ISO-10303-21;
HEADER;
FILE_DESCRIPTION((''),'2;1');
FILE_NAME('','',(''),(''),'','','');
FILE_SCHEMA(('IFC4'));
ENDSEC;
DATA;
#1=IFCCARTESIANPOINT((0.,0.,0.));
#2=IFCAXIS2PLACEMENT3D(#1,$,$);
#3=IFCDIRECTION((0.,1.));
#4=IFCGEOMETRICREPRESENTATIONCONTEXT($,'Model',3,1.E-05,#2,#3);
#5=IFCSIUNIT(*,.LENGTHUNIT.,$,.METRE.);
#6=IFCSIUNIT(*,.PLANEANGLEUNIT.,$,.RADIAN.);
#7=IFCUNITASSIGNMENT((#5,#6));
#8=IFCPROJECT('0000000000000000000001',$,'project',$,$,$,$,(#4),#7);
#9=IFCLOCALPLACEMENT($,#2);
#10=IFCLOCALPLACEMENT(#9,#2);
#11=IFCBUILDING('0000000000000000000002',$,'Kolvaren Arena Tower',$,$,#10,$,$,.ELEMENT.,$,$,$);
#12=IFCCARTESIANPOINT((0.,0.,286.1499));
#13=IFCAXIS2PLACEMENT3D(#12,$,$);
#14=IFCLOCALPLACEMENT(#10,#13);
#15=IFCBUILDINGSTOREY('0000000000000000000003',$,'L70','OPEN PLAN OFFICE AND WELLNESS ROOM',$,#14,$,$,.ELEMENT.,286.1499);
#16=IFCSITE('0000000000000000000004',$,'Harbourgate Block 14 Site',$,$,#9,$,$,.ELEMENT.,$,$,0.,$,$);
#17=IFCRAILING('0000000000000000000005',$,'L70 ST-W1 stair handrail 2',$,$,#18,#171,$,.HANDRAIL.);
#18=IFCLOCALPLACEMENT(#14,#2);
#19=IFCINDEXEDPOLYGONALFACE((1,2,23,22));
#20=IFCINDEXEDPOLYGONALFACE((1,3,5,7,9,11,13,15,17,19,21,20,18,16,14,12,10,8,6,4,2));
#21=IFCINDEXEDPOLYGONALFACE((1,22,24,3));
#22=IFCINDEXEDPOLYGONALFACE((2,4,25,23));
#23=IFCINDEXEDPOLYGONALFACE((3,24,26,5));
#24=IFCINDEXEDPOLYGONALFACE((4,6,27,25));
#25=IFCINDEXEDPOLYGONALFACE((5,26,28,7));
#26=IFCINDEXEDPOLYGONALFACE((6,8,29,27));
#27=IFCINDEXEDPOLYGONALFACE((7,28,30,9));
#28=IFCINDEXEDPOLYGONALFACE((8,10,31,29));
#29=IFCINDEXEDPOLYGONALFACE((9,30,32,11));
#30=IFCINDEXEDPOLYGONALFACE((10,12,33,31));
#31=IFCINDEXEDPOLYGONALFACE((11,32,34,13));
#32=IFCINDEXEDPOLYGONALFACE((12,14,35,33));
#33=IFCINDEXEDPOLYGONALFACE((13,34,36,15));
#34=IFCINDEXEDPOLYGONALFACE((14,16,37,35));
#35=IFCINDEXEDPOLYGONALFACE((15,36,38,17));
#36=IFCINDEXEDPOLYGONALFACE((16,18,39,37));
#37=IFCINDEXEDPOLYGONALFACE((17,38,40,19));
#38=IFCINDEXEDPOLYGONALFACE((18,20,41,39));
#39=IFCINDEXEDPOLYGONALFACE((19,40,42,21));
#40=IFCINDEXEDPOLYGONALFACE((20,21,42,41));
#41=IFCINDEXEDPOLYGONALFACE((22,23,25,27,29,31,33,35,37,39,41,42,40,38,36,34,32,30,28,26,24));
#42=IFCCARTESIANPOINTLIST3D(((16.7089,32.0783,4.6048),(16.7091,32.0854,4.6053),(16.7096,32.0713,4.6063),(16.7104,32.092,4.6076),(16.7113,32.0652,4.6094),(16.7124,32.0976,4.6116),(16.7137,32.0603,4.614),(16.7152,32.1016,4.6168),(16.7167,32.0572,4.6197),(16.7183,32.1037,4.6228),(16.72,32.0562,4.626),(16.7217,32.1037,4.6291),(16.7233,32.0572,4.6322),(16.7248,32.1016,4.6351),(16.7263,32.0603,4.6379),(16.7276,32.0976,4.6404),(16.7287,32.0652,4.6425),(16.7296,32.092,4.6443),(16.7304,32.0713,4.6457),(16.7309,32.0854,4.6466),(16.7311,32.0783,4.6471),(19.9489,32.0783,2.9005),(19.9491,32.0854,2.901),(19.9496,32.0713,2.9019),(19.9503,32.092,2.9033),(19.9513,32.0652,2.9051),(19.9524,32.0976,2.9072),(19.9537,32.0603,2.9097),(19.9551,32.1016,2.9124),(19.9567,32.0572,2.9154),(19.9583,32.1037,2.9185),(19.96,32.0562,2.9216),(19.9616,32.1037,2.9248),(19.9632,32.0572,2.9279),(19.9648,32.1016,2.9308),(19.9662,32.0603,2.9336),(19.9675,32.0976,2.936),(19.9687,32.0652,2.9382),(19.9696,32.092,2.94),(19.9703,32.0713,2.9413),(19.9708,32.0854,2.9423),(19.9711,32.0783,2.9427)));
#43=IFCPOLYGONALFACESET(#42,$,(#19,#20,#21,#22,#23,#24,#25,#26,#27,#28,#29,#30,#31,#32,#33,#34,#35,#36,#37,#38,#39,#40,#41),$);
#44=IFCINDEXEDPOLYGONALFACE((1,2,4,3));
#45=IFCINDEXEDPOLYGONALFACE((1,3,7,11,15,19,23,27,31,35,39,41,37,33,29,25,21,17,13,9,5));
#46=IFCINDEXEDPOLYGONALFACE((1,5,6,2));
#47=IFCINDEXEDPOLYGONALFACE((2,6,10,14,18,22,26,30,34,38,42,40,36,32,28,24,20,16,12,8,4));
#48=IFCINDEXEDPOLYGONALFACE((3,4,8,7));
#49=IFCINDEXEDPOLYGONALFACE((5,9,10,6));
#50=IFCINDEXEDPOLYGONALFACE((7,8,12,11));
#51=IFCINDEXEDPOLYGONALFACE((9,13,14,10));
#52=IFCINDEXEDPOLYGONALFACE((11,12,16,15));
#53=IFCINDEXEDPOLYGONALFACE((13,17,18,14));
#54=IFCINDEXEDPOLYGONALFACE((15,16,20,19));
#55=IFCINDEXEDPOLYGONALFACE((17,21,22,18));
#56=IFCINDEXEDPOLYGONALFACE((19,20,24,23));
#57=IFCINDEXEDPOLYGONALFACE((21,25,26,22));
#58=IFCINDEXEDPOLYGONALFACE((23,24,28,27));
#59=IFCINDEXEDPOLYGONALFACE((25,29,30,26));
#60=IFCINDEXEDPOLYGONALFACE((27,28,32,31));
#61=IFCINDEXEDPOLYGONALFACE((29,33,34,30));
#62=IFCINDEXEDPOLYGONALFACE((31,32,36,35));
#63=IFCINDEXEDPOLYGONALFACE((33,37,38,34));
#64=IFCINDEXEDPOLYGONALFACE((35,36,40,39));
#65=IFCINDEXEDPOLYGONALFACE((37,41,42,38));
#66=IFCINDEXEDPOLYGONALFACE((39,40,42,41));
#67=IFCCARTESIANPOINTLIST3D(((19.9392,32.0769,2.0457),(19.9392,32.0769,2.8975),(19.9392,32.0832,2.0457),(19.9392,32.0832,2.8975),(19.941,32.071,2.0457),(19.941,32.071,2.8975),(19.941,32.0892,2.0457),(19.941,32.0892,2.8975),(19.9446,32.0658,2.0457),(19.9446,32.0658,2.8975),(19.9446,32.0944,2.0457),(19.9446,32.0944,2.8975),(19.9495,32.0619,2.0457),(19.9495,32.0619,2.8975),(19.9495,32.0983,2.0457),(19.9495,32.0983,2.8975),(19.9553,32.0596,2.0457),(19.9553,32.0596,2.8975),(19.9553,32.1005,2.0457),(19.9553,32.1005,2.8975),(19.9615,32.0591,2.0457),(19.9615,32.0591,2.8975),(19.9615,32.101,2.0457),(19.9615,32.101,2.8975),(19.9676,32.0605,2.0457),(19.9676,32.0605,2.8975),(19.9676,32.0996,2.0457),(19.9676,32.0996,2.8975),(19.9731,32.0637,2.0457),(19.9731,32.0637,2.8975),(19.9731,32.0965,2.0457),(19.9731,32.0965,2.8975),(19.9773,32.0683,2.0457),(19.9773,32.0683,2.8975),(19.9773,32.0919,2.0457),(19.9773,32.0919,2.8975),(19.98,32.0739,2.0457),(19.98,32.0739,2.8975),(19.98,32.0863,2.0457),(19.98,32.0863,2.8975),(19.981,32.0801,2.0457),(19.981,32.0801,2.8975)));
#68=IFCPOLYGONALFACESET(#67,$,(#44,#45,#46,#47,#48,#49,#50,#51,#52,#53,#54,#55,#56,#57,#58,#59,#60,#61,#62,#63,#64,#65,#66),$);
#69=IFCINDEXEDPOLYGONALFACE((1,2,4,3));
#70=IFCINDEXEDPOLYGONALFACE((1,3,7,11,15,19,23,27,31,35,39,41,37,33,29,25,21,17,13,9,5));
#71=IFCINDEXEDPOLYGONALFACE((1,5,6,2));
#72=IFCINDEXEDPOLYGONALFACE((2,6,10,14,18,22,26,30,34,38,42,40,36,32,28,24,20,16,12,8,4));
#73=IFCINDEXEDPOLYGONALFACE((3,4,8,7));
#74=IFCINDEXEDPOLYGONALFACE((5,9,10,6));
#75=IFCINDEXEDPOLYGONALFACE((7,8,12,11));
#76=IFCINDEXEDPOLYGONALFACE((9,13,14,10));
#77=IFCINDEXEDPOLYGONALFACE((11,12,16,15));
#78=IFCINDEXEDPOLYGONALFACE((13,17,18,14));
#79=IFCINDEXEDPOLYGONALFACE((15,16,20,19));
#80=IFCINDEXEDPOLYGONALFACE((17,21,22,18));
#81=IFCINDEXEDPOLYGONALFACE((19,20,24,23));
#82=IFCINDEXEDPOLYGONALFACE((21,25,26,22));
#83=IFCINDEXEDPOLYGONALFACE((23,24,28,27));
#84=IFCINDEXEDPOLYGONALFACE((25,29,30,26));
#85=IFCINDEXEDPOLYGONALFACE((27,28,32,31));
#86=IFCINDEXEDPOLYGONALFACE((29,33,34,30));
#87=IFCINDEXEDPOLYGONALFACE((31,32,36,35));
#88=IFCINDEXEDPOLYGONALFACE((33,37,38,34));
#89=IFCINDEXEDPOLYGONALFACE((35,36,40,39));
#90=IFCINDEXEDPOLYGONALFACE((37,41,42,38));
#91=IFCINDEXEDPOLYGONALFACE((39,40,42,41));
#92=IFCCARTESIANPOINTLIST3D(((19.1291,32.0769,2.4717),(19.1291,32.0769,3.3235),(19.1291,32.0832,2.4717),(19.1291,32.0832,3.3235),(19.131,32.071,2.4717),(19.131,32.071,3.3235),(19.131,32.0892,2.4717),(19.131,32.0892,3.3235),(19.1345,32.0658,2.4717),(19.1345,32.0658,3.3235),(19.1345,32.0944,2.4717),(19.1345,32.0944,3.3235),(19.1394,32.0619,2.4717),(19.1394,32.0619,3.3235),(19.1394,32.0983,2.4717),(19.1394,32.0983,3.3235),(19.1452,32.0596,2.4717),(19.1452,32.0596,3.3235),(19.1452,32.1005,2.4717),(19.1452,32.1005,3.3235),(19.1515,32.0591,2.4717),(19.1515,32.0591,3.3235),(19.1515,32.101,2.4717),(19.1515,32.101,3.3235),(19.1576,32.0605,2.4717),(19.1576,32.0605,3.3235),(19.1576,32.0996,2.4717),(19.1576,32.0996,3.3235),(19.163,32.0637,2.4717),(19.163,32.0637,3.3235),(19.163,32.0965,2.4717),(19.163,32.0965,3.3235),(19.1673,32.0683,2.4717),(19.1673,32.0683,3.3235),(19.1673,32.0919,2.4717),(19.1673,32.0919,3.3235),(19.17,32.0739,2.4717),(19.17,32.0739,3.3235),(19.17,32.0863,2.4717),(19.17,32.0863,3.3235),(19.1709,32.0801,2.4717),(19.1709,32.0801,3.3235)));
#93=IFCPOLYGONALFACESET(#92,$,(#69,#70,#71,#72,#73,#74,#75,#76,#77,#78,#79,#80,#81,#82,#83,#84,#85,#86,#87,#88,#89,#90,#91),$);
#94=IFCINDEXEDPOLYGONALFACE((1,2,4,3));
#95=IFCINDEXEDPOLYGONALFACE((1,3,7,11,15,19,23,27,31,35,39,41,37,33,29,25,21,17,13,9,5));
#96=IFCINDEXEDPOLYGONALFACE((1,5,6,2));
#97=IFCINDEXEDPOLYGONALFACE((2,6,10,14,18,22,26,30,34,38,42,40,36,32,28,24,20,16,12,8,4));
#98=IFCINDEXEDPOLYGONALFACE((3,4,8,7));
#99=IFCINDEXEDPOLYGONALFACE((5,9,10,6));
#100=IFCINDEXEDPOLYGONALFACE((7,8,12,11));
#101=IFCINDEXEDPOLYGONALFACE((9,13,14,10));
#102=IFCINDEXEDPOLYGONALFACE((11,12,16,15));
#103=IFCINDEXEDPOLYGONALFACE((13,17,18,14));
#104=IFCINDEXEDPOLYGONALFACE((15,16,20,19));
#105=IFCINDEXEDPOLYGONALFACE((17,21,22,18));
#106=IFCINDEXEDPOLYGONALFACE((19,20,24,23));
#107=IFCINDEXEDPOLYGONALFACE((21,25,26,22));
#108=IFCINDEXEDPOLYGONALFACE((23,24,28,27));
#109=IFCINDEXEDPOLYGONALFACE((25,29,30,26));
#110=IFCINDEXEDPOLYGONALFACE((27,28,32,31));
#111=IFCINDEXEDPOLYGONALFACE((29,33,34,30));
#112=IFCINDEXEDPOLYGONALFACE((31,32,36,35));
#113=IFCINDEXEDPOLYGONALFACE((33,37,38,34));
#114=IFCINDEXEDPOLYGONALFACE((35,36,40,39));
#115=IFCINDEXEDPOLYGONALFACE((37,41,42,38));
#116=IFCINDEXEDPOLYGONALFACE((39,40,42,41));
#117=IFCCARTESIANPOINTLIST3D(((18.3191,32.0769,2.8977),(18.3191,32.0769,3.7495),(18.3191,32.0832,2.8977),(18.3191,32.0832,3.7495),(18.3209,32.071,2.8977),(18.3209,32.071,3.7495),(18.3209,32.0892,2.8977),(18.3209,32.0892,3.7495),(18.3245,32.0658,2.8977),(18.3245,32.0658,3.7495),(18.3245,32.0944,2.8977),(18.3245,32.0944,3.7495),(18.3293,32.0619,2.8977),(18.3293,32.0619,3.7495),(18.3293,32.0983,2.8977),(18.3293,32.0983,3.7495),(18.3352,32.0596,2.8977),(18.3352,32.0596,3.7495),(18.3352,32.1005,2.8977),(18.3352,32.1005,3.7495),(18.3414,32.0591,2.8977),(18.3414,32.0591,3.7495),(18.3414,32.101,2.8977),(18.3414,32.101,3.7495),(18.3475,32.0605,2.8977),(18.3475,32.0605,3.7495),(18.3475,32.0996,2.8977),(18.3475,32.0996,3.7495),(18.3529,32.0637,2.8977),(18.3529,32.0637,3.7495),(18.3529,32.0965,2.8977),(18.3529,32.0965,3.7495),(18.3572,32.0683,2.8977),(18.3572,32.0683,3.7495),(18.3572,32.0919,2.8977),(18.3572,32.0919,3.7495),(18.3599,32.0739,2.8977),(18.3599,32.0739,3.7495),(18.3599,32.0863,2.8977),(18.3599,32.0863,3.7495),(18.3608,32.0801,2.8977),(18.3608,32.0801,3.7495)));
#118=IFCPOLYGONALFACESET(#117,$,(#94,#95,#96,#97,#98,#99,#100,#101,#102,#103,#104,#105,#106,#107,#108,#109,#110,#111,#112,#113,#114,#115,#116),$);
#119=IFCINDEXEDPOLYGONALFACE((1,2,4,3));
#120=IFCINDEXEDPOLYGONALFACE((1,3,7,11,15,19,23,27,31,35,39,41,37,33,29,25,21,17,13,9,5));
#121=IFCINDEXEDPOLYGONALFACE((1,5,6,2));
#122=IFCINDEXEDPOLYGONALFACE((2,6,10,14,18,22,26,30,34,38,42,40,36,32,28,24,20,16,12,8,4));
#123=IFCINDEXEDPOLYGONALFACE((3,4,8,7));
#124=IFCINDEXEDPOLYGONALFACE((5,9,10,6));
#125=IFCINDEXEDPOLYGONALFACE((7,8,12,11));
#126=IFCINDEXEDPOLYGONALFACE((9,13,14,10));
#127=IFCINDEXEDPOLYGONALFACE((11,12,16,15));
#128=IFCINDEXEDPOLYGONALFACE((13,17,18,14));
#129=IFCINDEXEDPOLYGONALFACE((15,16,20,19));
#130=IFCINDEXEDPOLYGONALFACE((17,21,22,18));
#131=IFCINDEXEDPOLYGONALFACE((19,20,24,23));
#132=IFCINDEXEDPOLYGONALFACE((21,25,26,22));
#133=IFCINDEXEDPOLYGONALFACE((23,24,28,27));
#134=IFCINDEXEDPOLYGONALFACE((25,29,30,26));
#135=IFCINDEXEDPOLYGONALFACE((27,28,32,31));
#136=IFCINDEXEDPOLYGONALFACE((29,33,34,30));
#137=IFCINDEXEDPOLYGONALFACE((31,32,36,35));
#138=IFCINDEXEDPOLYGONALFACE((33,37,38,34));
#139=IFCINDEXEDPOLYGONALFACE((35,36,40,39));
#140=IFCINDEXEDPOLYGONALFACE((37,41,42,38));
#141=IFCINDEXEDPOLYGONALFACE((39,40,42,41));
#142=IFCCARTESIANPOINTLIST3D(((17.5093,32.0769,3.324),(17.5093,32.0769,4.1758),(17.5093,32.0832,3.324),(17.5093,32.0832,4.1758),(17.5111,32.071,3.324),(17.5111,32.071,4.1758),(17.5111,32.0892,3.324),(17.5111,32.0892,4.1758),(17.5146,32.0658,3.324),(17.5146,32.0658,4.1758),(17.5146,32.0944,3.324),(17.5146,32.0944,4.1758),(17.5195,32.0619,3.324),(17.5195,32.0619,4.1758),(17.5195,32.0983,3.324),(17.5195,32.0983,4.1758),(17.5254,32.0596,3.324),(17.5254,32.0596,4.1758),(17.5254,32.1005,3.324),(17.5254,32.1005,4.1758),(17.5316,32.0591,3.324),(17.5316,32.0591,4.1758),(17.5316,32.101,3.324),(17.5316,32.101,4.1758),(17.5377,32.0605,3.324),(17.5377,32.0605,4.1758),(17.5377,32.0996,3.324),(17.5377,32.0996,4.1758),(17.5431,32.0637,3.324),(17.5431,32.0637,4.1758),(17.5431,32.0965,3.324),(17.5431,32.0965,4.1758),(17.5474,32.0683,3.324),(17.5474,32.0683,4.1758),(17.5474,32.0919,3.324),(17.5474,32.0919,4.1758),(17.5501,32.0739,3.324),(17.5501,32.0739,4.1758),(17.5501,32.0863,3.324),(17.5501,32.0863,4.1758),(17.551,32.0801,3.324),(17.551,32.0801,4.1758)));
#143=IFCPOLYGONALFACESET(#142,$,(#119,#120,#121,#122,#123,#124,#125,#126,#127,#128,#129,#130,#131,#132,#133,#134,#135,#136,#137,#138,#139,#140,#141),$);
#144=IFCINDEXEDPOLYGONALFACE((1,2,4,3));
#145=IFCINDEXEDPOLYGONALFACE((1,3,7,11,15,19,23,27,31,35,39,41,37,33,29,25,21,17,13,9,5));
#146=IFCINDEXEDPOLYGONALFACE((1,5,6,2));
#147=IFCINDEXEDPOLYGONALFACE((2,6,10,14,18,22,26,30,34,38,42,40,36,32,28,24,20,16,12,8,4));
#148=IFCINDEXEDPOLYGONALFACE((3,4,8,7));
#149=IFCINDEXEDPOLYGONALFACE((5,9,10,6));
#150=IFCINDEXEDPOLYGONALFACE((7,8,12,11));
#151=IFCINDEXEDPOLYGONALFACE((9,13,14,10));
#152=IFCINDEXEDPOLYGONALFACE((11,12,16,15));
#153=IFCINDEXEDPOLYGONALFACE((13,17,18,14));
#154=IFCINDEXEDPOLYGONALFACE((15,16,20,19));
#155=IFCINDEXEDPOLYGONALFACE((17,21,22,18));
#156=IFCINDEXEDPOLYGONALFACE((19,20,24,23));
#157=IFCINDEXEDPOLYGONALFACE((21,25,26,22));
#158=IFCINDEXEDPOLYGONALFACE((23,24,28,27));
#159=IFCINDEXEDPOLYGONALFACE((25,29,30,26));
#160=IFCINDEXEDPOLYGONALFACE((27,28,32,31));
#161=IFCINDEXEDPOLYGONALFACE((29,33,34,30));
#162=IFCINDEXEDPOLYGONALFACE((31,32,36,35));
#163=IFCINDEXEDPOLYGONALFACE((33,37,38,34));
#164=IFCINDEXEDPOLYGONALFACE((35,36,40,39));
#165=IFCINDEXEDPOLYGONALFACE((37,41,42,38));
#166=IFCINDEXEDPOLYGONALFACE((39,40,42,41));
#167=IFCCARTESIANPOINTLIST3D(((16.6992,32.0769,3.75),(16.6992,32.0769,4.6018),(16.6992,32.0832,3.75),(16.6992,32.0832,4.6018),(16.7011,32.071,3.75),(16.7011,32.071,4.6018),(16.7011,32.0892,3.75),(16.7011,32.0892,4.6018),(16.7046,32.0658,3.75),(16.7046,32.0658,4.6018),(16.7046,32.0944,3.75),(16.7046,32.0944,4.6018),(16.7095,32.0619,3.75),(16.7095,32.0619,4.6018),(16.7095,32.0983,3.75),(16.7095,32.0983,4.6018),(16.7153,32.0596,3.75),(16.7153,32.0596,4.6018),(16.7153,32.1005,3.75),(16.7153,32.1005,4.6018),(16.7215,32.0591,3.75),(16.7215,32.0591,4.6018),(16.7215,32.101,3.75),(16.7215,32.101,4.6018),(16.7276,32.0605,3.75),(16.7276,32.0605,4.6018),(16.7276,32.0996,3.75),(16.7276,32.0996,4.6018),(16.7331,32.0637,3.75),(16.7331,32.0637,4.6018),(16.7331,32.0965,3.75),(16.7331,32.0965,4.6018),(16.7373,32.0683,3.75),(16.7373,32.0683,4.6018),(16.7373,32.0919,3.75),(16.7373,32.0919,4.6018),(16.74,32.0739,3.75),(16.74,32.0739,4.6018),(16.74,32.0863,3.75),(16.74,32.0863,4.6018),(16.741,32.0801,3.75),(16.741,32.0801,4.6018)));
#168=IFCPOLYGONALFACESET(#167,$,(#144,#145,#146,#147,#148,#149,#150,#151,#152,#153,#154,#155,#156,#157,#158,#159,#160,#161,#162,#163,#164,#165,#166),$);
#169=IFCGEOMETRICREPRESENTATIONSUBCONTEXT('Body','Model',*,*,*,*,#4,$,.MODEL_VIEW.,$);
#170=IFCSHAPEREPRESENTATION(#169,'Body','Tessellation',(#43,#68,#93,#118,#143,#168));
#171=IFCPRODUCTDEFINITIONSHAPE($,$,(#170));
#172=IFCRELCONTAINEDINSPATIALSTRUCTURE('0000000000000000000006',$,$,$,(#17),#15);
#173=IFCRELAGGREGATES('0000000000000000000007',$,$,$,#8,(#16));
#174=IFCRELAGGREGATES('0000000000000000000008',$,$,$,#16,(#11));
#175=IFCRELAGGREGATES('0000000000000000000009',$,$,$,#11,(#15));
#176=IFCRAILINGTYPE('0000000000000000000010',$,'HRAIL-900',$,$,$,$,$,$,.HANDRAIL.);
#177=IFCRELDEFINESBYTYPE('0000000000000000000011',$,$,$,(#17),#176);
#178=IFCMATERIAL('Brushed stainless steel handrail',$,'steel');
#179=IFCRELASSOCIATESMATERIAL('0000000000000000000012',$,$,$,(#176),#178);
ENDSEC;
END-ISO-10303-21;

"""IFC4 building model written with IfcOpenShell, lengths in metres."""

from ifc_helpers import new_model, si_unit, direction, frame, origin, origin_2d, place, context, subcontext, project, spatial, circle, extrude, material, type_object, element, save


model = new_model("IFC4")

# Units and contexts
model_context = context("Model", 3, precision=1e-05, world=origin(), true_north=direction((0.0, 1.0)))
body_context = subcontext(model_context, "Body", "Model", "MODEL_VIEW")
ifc_project = project(units=[si_unit("LENGTHUNIT", "METRE"), si_unit("PLANEANGLEUNIT", "RADIAN")], contexts=[model_context])

# Site, building, storey
site_placement = place(None, origin())
site = spatial("IfcSite", under=ifc_project, at=site_placement, Name="Harbourgate Block 14 Site", CompositionType="ELEMENT", RefElevation=0.0)
building_placement = place(site_placement, origin())
building = spatial("IfcBuilding", under=site, at=building_placement, Name="Kolvaren Arena Tower", CompositionType="ELEMENT")
storey_placement = place(building_placement, frame((0.0, 0.0, 286.1499)))
storey = spatial("IfcBuildingStorey", under=building, at=storey_placement, Name="L70", Description="OPEN PLAN OFFICE AND WELLNESS ROOM", CompositionType="ELEMENT", Elevation=286.1499)

# Railing
ifc_material_1 = material(Name="Brushed stainless steel handrail", Category="steel")
railing_type_1 = type_object("IfcRailingType", Name="HRAIL-900", PredefinedType="HANDRAIL", material=ifc_material_1)
railing_1_placement = place(storey_placement, frame((19.96, 32.0801, 2.0457)))
element("IfcRailing", 1, at=railing_1_placement, inside=storey, type_object=railing_type_1, Name="L70 ST-W1 stair handrail 2", PredefinedType="HANDRAIL", context=body_context, shape_type="SweptSolid", body=[
    extrude(circle(Radius=0.0239, at=origin_2d()), frame((0.0, 0.0, 0.876), z_axis=(-0.885021, 0.0, 0.465551), x_axis=(0.0, -1.0, 0.0)), (0.0, 0.0, 1.0), 3.6609),
    extrude(circle(Radius=0.021, at=origin_2d()), origin(), (0.0, 0.0, 1.0), 0.8518),
    extrude(circle(Radius=0.021, at=origin_2d()), frame((-0.8101, 0.0, 0.426)), (0.0, 0.0, 1.0), 0.8518),
    extrude(circle(Radius=0.021, at=origin_2d()), frame((-1.6201, 0.0, 0.8521)), (0.0, 0.0, 1.0), 0.8518),
    extrude(circle(Radius=0.021, at=origin_2d()), frame((-2.4299, 0.0, 1.2783)), (0.0, 0.0, 1.0), 0.8518),
    extrude(circle(Radius=0.021, at=origin_2d()), frame((-3.24, 0.0, 1.7043)), (0.0, 0.0, 1.0), 0.8518),
])

save(model, "model.ifc")
